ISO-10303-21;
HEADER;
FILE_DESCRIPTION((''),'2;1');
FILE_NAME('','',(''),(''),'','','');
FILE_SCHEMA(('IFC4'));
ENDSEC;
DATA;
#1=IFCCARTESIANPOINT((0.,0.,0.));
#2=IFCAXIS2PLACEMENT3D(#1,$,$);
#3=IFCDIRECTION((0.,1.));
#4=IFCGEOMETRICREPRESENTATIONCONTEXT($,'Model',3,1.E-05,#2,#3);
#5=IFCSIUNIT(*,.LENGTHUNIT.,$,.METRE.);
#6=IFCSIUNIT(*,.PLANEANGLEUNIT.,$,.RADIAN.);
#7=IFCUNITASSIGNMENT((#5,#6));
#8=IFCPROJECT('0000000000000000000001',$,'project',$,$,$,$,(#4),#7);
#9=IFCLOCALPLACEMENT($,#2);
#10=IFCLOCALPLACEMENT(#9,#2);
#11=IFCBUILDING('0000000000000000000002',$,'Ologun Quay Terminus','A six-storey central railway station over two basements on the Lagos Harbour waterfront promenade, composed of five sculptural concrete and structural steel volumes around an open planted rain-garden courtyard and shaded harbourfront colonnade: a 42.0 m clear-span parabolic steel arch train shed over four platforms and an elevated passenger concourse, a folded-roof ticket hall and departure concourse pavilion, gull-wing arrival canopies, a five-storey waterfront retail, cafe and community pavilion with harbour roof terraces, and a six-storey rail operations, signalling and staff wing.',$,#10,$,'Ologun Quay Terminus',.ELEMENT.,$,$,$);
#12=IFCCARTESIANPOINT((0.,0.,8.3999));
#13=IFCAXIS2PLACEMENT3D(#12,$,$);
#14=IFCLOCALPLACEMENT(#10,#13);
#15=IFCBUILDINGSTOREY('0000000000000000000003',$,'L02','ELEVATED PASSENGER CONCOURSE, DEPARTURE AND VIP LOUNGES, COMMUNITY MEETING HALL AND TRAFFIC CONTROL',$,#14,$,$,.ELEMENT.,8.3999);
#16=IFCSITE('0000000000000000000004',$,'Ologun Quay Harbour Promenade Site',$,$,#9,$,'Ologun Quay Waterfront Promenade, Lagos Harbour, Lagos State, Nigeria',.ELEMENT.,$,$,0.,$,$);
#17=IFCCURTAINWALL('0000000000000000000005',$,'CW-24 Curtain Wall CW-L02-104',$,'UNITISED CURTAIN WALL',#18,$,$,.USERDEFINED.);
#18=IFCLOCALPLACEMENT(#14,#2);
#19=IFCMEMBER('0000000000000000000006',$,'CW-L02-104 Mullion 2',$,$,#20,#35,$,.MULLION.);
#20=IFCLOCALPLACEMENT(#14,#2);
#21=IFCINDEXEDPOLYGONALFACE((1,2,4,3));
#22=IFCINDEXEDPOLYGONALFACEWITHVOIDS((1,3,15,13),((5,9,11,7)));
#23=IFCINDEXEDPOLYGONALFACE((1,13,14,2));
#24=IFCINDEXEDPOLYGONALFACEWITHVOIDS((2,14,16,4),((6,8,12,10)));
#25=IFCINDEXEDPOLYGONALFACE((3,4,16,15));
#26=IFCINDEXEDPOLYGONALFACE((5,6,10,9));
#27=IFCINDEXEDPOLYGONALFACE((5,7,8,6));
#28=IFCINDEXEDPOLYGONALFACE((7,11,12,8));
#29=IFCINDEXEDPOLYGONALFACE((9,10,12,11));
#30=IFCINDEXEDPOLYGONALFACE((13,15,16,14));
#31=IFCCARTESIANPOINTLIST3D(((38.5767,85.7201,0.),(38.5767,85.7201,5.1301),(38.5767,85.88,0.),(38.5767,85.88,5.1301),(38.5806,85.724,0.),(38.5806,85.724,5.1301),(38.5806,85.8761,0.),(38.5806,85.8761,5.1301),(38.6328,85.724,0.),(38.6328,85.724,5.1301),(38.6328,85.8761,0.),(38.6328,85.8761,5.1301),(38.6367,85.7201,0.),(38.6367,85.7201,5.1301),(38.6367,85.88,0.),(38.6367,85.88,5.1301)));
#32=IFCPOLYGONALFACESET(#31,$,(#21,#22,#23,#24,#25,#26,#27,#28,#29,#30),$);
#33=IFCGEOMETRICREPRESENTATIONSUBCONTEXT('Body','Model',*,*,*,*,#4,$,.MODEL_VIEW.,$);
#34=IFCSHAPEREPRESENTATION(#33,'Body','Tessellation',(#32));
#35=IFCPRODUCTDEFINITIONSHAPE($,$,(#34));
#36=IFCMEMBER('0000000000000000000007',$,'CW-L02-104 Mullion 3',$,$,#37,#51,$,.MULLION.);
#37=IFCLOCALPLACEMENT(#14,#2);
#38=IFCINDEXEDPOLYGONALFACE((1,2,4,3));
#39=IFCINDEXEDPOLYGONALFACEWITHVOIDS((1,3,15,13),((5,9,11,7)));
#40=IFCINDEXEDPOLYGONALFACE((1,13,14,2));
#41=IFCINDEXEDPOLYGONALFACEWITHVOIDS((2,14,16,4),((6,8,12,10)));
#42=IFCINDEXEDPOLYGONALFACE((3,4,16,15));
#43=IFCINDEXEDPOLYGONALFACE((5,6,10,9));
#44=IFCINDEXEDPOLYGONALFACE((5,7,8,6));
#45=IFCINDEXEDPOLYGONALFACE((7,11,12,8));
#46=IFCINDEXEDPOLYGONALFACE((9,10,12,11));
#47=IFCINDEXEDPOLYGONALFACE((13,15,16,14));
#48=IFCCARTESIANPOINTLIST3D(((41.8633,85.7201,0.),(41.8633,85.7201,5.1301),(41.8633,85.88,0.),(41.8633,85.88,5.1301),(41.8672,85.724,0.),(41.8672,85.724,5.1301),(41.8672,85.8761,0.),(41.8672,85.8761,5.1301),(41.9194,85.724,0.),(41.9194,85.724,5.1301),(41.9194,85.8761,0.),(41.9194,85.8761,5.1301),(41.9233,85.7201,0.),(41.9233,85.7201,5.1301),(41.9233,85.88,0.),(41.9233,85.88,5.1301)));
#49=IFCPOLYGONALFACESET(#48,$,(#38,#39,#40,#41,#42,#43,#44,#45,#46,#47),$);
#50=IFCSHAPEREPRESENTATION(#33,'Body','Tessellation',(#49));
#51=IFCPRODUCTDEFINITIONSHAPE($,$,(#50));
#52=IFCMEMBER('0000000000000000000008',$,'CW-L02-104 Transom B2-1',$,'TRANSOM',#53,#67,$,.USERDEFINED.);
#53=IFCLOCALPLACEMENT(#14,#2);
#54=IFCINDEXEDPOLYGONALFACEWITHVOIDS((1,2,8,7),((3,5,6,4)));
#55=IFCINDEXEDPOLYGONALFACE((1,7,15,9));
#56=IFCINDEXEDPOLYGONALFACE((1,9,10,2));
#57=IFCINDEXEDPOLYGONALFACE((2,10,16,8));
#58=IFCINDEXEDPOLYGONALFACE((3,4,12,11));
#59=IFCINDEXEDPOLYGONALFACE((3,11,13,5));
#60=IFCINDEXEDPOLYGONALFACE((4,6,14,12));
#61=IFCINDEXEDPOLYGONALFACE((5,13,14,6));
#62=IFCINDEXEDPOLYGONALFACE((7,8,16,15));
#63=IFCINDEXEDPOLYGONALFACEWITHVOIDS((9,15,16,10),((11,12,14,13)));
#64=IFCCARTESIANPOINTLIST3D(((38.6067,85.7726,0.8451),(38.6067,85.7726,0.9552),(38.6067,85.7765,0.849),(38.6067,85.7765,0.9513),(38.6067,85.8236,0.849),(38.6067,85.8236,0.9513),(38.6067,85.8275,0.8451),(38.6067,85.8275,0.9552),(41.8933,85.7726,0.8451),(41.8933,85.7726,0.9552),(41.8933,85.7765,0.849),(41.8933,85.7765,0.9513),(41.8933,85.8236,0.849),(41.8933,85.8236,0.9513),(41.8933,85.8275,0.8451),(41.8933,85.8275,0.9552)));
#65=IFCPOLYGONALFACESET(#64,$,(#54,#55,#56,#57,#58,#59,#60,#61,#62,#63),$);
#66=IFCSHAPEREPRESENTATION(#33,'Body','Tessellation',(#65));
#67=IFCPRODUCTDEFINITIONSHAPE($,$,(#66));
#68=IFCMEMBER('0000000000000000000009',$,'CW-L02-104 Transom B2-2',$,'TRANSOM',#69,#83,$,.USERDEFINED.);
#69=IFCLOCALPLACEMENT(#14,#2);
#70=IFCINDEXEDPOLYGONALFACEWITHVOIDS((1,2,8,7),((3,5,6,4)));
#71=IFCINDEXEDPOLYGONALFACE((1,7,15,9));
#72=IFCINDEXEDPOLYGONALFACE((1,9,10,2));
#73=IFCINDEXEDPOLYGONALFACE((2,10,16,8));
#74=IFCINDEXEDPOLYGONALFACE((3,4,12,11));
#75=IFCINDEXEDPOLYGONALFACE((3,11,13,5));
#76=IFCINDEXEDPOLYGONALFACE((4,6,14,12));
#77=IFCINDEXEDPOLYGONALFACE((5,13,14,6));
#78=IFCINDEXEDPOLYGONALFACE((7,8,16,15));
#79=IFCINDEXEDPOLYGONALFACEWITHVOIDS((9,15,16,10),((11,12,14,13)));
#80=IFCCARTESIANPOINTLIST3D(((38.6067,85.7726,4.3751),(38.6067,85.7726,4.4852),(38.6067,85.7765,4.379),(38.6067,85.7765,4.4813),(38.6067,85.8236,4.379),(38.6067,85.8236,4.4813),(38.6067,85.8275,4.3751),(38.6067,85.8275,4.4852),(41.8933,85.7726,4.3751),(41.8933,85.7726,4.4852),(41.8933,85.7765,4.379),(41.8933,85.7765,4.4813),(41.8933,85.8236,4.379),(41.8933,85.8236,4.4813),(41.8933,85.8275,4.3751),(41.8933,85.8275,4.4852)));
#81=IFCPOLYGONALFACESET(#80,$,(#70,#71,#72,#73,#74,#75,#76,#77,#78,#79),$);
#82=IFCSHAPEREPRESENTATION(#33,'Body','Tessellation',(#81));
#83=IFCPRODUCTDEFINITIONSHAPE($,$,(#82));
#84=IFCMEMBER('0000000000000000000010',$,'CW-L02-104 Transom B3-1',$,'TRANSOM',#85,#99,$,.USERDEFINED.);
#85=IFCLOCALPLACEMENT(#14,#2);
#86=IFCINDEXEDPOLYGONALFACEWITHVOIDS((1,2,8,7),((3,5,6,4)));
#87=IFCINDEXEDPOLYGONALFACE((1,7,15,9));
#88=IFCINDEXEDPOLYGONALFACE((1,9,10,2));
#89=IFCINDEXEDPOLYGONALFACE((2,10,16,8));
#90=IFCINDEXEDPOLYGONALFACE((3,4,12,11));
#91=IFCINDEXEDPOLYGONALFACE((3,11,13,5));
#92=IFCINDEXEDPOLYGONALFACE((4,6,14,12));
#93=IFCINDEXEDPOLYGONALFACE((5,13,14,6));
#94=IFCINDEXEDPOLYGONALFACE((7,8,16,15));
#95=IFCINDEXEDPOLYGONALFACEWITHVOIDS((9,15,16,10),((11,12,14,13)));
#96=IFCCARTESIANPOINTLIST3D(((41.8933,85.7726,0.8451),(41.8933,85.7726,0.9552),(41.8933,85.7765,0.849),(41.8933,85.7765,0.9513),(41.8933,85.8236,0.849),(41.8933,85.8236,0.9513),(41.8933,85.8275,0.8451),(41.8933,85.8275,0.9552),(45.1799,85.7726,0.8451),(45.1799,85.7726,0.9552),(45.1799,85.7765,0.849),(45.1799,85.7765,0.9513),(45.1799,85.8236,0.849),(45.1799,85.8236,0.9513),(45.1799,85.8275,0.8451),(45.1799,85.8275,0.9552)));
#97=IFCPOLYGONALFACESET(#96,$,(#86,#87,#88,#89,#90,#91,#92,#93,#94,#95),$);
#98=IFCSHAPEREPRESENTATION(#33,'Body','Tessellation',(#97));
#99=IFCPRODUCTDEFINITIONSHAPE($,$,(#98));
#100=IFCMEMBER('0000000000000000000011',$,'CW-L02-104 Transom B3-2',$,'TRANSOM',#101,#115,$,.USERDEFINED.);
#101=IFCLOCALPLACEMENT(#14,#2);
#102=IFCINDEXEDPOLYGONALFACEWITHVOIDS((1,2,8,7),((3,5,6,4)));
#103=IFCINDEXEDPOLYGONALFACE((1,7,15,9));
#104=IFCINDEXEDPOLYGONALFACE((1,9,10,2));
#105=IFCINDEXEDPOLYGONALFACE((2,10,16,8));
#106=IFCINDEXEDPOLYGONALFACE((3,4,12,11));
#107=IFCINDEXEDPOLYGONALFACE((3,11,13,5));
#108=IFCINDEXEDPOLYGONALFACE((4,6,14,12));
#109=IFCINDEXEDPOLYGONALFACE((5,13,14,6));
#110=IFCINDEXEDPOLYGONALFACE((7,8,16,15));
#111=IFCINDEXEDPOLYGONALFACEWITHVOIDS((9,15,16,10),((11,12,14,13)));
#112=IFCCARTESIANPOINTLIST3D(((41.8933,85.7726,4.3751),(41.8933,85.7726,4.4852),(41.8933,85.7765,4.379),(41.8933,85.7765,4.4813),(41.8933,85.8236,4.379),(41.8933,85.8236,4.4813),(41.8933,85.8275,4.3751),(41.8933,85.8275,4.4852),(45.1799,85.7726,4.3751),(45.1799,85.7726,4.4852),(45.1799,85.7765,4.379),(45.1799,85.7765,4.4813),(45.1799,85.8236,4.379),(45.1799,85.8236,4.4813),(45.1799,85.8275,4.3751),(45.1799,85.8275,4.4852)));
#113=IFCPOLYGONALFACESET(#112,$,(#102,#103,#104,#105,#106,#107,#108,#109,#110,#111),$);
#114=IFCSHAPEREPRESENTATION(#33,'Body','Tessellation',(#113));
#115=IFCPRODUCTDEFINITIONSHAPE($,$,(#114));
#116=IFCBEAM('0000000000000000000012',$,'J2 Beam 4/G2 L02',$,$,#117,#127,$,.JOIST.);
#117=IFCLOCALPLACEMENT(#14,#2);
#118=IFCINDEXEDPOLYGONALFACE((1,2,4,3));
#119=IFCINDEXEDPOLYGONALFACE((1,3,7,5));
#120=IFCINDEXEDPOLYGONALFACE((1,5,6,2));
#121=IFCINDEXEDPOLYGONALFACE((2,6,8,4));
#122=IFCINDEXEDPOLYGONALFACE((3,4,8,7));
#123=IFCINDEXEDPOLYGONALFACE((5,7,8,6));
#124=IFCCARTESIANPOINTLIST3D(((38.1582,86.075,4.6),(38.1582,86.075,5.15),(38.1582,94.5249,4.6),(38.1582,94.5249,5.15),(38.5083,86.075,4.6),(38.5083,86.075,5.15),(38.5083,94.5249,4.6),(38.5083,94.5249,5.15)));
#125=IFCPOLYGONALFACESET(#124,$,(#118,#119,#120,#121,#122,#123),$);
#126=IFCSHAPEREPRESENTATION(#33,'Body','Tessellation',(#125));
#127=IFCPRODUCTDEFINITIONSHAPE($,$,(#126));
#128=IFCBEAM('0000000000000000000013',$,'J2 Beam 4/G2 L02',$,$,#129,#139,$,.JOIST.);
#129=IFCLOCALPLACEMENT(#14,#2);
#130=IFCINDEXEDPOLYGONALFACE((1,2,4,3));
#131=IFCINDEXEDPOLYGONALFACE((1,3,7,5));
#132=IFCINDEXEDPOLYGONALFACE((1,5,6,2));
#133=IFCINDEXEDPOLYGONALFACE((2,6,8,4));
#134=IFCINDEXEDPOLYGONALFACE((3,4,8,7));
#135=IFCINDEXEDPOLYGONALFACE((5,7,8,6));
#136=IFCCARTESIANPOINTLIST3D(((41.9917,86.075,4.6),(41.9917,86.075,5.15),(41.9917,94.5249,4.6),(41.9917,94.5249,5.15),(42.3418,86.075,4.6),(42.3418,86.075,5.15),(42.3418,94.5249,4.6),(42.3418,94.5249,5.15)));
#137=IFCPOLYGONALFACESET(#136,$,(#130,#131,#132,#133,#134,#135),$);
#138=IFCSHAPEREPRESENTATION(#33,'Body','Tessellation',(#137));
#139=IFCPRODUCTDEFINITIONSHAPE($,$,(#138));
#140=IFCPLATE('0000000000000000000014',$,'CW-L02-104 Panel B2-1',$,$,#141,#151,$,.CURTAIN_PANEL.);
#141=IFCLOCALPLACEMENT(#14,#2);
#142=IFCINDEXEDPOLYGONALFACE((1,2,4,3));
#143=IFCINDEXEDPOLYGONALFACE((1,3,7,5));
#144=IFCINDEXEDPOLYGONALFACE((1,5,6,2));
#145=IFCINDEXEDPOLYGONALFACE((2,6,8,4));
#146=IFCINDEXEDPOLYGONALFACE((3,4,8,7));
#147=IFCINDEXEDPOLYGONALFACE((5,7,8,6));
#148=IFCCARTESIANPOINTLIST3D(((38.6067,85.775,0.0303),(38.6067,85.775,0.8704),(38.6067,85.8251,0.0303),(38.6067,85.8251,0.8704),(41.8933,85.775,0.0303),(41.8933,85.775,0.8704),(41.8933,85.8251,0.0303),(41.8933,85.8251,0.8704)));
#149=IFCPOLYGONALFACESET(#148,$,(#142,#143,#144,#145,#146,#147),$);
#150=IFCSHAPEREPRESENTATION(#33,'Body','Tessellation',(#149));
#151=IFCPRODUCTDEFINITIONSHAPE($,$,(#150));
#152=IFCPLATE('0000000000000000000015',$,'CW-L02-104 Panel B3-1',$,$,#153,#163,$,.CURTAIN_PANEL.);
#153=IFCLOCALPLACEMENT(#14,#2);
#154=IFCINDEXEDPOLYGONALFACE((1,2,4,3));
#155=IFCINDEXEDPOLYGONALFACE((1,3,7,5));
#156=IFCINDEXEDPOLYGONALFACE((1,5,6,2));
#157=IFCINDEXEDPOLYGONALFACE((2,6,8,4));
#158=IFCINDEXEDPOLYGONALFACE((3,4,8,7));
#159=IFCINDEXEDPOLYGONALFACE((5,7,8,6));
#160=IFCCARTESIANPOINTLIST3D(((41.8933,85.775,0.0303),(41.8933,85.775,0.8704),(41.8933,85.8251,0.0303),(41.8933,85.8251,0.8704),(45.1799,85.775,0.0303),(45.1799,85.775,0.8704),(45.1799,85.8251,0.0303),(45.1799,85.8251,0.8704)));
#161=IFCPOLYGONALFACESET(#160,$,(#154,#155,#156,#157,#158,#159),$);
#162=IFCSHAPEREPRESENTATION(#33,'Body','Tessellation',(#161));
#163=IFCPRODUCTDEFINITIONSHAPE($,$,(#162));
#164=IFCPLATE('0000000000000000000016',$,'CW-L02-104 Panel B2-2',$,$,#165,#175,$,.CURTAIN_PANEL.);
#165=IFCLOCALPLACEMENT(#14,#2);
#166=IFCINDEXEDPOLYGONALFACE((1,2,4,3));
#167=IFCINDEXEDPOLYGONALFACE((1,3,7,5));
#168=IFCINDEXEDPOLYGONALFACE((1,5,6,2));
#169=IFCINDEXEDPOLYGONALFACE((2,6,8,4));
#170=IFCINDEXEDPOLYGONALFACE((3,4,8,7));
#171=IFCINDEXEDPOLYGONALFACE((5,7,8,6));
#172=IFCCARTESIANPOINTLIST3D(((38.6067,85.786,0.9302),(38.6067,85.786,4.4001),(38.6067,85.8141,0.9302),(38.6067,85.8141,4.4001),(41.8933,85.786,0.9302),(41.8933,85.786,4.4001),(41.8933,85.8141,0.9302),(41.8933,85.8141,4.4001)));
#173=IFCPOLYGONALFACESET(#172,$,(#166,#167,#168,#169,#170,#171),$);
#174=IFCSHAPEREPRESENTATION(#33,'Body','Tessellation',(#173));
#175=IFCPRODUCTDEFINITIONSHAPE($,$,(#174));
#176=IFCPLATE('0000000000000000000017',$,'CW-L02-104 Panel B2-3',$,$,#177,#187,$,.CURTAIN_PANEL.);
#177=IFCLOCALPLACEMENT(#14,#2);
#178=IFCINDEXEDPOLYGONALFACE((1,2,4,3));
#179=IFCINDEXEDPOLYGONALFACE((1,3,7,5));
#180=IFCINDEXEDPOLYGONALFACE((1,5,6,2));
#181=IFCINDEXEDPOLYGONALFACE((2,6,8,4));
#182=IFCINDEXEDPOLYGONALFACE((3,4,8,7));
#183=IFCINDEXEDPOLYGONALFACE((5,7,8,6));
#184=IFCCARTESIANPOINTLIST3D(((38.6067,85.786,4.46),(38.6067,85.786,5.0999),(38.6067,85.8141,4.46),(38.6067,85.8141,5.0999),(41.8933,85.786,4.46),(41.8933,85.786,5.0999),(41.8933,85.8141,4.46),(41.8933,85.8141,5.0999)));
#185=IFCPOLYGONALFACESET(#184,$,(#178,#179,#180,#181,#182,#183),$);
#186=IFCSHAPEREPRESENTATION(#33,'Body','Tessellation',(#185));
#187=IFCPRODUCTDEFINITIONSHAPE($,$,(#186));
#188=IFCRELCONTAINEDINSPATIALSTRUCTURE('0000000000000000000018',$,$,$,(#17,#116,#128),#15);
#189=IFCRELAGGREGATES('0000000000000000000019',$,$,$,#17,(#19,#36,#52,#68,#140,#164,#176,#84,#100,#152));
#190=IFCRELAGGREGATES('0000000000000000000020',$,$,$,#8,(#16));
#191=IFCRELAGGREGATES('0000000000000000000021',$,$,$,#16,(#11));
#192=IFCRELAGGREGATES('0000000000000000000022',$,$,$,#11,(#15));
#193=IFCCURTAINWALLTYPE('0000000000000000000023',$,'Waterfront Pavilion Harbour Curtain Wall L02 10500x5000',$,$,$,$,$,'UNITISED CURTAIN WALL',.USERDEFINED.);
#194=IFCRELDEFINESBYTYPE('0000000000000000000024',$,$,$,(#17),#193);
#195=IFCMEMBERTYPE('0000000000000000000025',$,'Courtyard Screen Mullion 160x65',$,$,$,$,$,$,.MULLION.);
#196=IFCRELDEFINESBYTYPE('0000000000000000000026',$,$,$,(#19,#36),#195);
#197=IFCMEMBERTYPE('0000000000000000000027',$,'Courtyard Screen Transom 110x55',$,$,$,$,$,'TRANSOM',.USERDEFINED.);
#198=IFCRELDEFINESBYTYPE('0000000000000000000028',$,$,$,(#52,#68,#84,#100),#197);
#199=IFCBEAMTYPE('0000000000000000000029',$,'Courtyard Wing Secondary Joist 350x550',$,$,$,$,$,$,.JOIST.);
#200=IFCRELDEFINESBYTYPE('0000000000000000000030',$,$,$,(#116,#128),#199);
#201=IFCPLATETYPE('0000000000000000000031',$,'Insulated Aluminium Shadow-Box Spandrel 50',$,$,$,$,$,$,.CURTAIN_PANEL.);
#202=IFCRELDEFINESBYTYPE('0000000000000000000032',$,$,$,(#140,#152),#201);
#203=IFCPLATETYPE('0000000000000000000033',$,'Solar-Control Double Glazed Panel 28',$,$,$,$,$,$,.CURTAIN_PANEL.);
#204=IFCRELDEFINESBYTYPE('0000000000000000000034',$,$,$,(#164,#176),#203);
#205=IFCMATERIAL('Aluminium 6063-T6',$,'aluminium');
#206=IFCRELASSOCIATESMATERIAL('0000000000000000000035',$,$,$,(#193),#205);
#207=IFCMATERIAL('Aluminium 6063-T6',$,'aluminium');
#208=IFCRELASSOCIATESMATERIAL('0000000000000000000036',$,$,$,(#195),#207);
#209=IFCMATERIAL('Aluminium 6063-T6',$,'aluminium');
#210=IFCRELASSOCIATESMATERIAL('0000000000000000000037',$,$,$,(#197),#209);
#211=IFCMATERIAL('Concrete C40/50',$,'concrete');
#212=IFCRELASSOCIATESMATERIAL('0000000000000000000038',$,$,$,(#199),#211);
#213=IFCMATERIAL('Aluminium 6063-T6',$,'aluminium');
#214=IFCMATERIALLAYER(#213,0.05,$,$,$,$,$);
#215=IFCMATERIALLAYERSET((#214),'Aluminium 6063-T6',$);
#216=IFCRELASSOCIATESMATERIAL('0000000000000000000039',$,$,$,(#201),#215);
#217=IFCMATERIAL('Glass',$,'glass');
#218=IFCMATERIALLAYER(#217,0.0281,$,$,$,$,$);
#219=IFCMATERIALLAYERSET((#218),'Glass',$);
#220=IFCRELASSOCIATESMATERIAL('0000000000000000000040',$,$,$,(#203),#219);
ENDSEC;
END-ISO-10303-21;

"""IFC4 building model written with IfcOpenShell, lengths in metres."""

from ifc_helpers import new_model, si_unit, direction, frame, origin, origin_2d, place, context, subcontext, project, spatial, rectangle, hollow_rectangle, extrude, material, layer, layer_set, material_profile, profile_set, type_object, element, aggregate, save


model = new_model("IFC4")

# Units and contexts
model_context = context("Model", 3, precision=1e-05, world=origin(), true_north=direction((0.0, 1.0)))
body_context = subcontext(model_context, "Body", "Model", "MODEL_VIEW")
ifc_project = project(units=[si_unit("LENGTHUNIT", "METRE"), si_unit("PLANEANGLEUNIT", "RADIAN")], contexts=[model_context])

# Site, building, storey
site_placement = place(None, origin())
site = spatial("IfcSite", under=ifc_project, at=site_placement, Name="Ologun Quay Harbour Promenade Site", LongName="Ologun Quay Waterfront Promenade, Lagos Harbour, Lagos State, Nigeria", CompositionType="ELEMENT", RefElevation=0.0)
building_placement = place(site_placement, origin())
building = spatial("IfcBuilding", under=site, at=building_placement, Name="Ologun Quay Terminus", Description="A six-storey central railway station over two basements on the Lagos Harbour waterfront promenade, composed of five sculptural concrete and structural steel volumes around an open planted rain-garden courtyard and shaded harbourfront colonnade: a 42.0 m clear-span parabolic steel arch train shed over four platforms and an elevated passenger concourse, a folded-roof ticket hall and departure concourse pavilion, gull-wing arrival canopies, a five-storey waterfront retail, cafe and community pavilion with harbour roof terraces, and a six-storey rail operations, signalling and staff wing.", LongName="Ologun Quay Terminus", CompositionType="ELEMENT")
storey_placement = place(building_placement, frame((0.0, 0.0, 8.3999)))
storey = spatial("IfcBuildingStorey", under=building, at=storey_placement, Name="L02", Description="ELEVATED PASSENGER CONCOURSE, DEPARTURE AND VIP LOUNGES, COMMUNITY MEETING HALL AND TRAFFIC CONTROL", CompositionType="ELEMENT", Elevation=8.3999)

# Curtain wall, members
ifc_material_1 = material(Name="Aluminium 6063-T6", Category="aluminium")
curtain_wall_type = type_object("IfcCurtainWallType", Name="Waterfront Pavilion Harbour Curtain Wall L02 10500x5000", ElementType="UNITISED CURTAIN WALL", PredefinedType="USERDEFINED", material=ifc_material_1)
curtain_wall_placement = place(storey_placement, origin())
curtain_wall = element("IfcCurtainWall", 1, at=curtain_wall_placement, inside=storey, type_object=curtain_wall_type, Name="CW-24 Curtain Wall CW-L02-104", ObjectType="UNITISED CURTAIN WALL", PredefinedType="USERDEFINED")
ifc_material_2 = material(Name="Aluminium 6063-T6", Category="aluminium")
ifc_material_profile_1 = material_profile(ifc_material_2, hollow_rectangle(XDim=0.0601, YDim=0.1599, WallThickness=0.0039, at=origin_2d()), Name="ALU 160x60x4")
ifc_profile_set_1 = profile_set([ifc_material_profile_1], Name="Aluminium 6063-T6")
member_type_1 = type_object("IfcMemberType", Name="Courtyard Screen Mullion 160x65", PredefinedType="MULLION", material=ifc_profile_set_1)
member_1_placement = place(storey_placement, frame((38.6067, 85.8, 0.0), z_axis=(0.0, 0.0, 1.0), x_axis=(1.0, 0.0, 0.0)))
member_1 = element("IfcMember", 2, at=member_1_placement, type_object=member_type_1, Name="CW-L02-104 Mullion 2", PredefinedType="MULLION", context=body_context, shape_type="SweptSolid", body=[
    extrude(hollow_rectangle(XDim=0.0601, YDim=0.1599, WallThickness=0.0039, at=origin_2d()), origin(), (0.0, 0.0, 1.0), 5.1301),
])
member_2_placement = place(storey_placement, frame((41.8933, 85.8, 0.0), z_axis=(0.0, 0.0, 1.0), x_axis=(1.0, 0.0, 0.0)))
member_2 = element("IfcMember", 3, at=member_2_placement, type_object=member_type_1, Name="CW-L02-104 Mullion 3", PredefinedType="MULLION", context=body_context, shape_type="SweptSolid", body=[
    extrude(hollow_rectangle(XDim=0.0601, YDim=0.1599, WallThickness=0.0039, at=origin_2d()), origin(), (0.0, 0.0, 1.0), 5.1301),
])
ifc_material_3 = material(Name="Aluminium 6063-T6", Category="aluminium")
ifc_material_profile_2 = material_profile(ifc_material_3, hollow_rectangle(XDim=0.0549, YDim=0.1101, WallThickness=0.0039, at=origin_2d()), Name="ALU 110x55x4")
ifc_profile_set_2 = profile_set([ifc_material_profile_2], Name="Aluminium 6063-T6")
member_type_2 = type_object("IfcMemberType", Name="Courtyard Screen Transom 110x55", ElementType="TRANSOM", PredefinedType="USERDEFINED", material=ifc_profile_set_2)
member_3_placement = place(storey_placement, frame((38.6067, 85.8, 0.9001), z_axis=(1.0, 0.0, 0.0), x_axis=(0.0, 1.0, 0.0)))
member_3 = element("IfcMember", 4, at=member_3_placement, type_object=member_type_2, Name="CW-L02-104 Transom B2-1", ObjectType="TRANSOM", PredefinedType="USERDEFINED", context=body_context, shape_type="SweptSolid", body=[
    extrude(hollow_rectangle(XDim=0.0549, YDim=0.1101, WallThickness=0.0039, at=origin_2d()), origin(), (0.0, 0.0, 1.0), 3.2866),
])
member_4_placement = place(storey_placement, frame((38.6067, 85.8, 4.4302), z_axis=(1.0, 0.0, 0.0), x_axis=(0.0, 1.0, 0.0)))
member_4 = element("IfcMember", 5, at=member_4_placement, type_object=member_type_2, Name="CW-L02-104 Transom B2-2", ObjectType="TRANSOM", PredefinedType="USERDEFINED", context=body_context, shape_type="SweptSolid", body=[
    extrude(hollow_rectangle(XDim=0.0549, YDim=0.1101, WallThickness=0.0039, at=origin_2d()), origin(), (0.0, 0.0, 1.0), 3.2866),
])
member_5_placement = place(storey_placement, frame((41.8933, 85.8, 0.9001), z_axis=(1.0, 0.0, 0.0), x_axis=(0.0, 1.0, 0.0)))
member_5 = element("IfcMember", 6, at=member_5_placement, type_object=member_type_2, Name="CW-L02-104 Transom B3-1", ObjectType="TRANSOM", PredefinedType="USERDEFINED", context=body_context, shape_type="SweptSolid", body=[
    extrude(hollow_rectangle(XDim=0.0549, YDim=0.1101, WallThickness=0.0039, at=origin_2d()), origin(), (0.0, 0.0, 1.0), 3.2866),
])
member_6_placement = place(storey_placement, frame((41.8933, 85.8, 4.4302), z_axis=(1.0, 0.0, 0.0), x_axis=(0.0, 1.0, 0.0)))
member_6 = element("IfcMember", 7, at=member_6_placement, type_object=member_type_2, Name="CW-L02-104 Transom B3-2", ObjectType="TRANSOM", PredefinedType="USERDEFINED", context=body_context, shape_type="SweptSolid", body=[
    extrude(hollow_rectangle(XDim=0.0549, YDim=0.1101, WallThickness=0.0039, at=origin_2d()), origin(), (0.0, 0.0, 1.0), 3.2866),
])

# Beams
ifc_material_4 = material(Name="Concrete C40/50", Category="concrete")
ifc_material_profile_3 = material_profile(ifc_material_4, rectangle(XDim=0.3501, YDim=0.55, at=origin_2d()), Name="RC 350x550")
ifc_profile_set_3 = profile_set([ifc_material_profile_3], Name="Concrete C40/50")
beam_type = type_object("IfcBeamType", Name="Courtyard Wing Secondary Joist 350x550", PredefinedType="JOIST", material=ifc_profile_set_3)
for number, where, z_axis, x_axis, name in (
    (8, (38.3333, 86.075, 4.875), (0.0, 1.0, 0.0), (-1.0, 0.0, 0.0), "J2 Beam 4/G2 L02"),
    (9, (42.1667, 86.075, 4.875), (0.0, 1.0, 0.0), (-1.0, 0.0, 0.0), "J2 Beam 4/G2 L02"),
):
    element("IfcBeam", number, at=place(storey_placement, frame(where, z_axis=z_axis, x_axis=x_axis)), inside=storey, type_object=beam_type, Name=name, PredefinedType="JOIST", context=body_context, shape_type="SweptSolid", body=[
        extrude(rectangle(XDim=0.3501, YDim=0.55, at=origin_2d()), origin(), (0.0, 0.0, 1.0), 8.45),
    ])

# Plates
ifc_material_5 = material(Name="Aluminium 6063-T6", Category="aluminium")
ifc_layer_1 = layer(ifc_material_5, 0.05)
ifc_layer_set_1 = layer_set([ifc_layer_1], Name="Aluminium 6063-T6")
plate_type_1 = type_object("IfcPlateType", Name="Insulated Aluminium Shadow-Box Spandrel 50", PredefinedType="CURTAIN_PANEL", material=ifc_layer_set_1)
plate_1_placement = place(storey_placement, frame((40.25, 85.8, 0.0303), z_axis=(0.0, 0.0, 1.0), x_axis=(1.0, 0.0, 0.0)))
plate_1 = element("IfcPlate", 10, at=plate_1_placement, type_object=plate_type_1, Name="CW-L02-104 Panel B2-1", PredefinedType="CURTAIN_PANEL", context=body_context, shape_type="SweptSolid", body=[
    extrude(rectangle(XDim=3.2866, YDim=0.05, at=origin_2d()), origin(), (0.0, 0.0, 1.0), 0.8401),
])
plate_2_placement = place(storey_placement, frame((43.5366, 85.8, 0.0303), z_axis=(0.0, 0.0, 1.0), x_axis=(1.0, 0.0, 0.0)))
plate_2 = element("IfcPlate", 11, at=plate_2_placement, type_object=plate_type_1, Name="CW-L02-104 Panel B3-1", PredefinedType="CURTAIN_PANEL", context=body_context, shape_type="SweptSolid", body=[
    extrude(rectangle(XDim=3.2866, YDim=0.05, at=origin_2d()), origin(), (0.0, 0.0, 1.0), 0.8401),
])
ifc_material_6 = material(Name="Glass", Category="glass")
ifc_layer_2 = layer(ifc_material_6, 0.0281)
ifc_layer_set_2 = layer_set([ifc_layer_2], Name="Glass")
plate_type_2 = type_object("IfcPlateType", Name="Solar-Control Double Glazed Panel 28", PredefinedType="CURTAIN_PANEL", material=ifc_layer_set_2)
plate_3_placement = place(storey_placement, frame((40.25, 85.8, 0.9302), z_axis=(0.0, 0.0, 1.0), x_axis=(1.0, 0.0, 0.0)))
plate_3 = element("IfcPlate", 12, at=plate_3_placement, type_object=plate_type_2, Name="CW-L02-104 Panel B2-2", PredefinedType="CURTAIN_PANEL", context=body_context, shape_type="SweptSolid", body=[
    extrude(rectangle(XDim=3.2866, YDim=0.0281, at=origin_2d()), origin(), (0.0, 0.0, 1.0), 3.47),
])
plate_4_placement = place(storey_placement, frame((40.25, 85.8, 4.46), z_axis=(0.0, 0.0, 1.0), x_axis=(1.0, 0.0, 0.0)))
plate_4 = element("IfcPlate", 13, at=plate_4_placement, type_object=plate_type_2, Name="CW-L02-104 Panel B2-3", PredefinedType="CURTAIN_PANEL", context=body_context, shape_type="SweptSolid", body=[
    extrude(rectangle(XDim=3.2866, YDim=0.0281, at=origin_2d()), origin(), (0.0, 0.0, 1.0), 0.6399),
])
aggregate(curtain_wall, [member_1, member_2, member_3, member_4, plate_1, plate_3, plate_4, member_5, member_6, plate_2])

save(model, "model.ifc")
